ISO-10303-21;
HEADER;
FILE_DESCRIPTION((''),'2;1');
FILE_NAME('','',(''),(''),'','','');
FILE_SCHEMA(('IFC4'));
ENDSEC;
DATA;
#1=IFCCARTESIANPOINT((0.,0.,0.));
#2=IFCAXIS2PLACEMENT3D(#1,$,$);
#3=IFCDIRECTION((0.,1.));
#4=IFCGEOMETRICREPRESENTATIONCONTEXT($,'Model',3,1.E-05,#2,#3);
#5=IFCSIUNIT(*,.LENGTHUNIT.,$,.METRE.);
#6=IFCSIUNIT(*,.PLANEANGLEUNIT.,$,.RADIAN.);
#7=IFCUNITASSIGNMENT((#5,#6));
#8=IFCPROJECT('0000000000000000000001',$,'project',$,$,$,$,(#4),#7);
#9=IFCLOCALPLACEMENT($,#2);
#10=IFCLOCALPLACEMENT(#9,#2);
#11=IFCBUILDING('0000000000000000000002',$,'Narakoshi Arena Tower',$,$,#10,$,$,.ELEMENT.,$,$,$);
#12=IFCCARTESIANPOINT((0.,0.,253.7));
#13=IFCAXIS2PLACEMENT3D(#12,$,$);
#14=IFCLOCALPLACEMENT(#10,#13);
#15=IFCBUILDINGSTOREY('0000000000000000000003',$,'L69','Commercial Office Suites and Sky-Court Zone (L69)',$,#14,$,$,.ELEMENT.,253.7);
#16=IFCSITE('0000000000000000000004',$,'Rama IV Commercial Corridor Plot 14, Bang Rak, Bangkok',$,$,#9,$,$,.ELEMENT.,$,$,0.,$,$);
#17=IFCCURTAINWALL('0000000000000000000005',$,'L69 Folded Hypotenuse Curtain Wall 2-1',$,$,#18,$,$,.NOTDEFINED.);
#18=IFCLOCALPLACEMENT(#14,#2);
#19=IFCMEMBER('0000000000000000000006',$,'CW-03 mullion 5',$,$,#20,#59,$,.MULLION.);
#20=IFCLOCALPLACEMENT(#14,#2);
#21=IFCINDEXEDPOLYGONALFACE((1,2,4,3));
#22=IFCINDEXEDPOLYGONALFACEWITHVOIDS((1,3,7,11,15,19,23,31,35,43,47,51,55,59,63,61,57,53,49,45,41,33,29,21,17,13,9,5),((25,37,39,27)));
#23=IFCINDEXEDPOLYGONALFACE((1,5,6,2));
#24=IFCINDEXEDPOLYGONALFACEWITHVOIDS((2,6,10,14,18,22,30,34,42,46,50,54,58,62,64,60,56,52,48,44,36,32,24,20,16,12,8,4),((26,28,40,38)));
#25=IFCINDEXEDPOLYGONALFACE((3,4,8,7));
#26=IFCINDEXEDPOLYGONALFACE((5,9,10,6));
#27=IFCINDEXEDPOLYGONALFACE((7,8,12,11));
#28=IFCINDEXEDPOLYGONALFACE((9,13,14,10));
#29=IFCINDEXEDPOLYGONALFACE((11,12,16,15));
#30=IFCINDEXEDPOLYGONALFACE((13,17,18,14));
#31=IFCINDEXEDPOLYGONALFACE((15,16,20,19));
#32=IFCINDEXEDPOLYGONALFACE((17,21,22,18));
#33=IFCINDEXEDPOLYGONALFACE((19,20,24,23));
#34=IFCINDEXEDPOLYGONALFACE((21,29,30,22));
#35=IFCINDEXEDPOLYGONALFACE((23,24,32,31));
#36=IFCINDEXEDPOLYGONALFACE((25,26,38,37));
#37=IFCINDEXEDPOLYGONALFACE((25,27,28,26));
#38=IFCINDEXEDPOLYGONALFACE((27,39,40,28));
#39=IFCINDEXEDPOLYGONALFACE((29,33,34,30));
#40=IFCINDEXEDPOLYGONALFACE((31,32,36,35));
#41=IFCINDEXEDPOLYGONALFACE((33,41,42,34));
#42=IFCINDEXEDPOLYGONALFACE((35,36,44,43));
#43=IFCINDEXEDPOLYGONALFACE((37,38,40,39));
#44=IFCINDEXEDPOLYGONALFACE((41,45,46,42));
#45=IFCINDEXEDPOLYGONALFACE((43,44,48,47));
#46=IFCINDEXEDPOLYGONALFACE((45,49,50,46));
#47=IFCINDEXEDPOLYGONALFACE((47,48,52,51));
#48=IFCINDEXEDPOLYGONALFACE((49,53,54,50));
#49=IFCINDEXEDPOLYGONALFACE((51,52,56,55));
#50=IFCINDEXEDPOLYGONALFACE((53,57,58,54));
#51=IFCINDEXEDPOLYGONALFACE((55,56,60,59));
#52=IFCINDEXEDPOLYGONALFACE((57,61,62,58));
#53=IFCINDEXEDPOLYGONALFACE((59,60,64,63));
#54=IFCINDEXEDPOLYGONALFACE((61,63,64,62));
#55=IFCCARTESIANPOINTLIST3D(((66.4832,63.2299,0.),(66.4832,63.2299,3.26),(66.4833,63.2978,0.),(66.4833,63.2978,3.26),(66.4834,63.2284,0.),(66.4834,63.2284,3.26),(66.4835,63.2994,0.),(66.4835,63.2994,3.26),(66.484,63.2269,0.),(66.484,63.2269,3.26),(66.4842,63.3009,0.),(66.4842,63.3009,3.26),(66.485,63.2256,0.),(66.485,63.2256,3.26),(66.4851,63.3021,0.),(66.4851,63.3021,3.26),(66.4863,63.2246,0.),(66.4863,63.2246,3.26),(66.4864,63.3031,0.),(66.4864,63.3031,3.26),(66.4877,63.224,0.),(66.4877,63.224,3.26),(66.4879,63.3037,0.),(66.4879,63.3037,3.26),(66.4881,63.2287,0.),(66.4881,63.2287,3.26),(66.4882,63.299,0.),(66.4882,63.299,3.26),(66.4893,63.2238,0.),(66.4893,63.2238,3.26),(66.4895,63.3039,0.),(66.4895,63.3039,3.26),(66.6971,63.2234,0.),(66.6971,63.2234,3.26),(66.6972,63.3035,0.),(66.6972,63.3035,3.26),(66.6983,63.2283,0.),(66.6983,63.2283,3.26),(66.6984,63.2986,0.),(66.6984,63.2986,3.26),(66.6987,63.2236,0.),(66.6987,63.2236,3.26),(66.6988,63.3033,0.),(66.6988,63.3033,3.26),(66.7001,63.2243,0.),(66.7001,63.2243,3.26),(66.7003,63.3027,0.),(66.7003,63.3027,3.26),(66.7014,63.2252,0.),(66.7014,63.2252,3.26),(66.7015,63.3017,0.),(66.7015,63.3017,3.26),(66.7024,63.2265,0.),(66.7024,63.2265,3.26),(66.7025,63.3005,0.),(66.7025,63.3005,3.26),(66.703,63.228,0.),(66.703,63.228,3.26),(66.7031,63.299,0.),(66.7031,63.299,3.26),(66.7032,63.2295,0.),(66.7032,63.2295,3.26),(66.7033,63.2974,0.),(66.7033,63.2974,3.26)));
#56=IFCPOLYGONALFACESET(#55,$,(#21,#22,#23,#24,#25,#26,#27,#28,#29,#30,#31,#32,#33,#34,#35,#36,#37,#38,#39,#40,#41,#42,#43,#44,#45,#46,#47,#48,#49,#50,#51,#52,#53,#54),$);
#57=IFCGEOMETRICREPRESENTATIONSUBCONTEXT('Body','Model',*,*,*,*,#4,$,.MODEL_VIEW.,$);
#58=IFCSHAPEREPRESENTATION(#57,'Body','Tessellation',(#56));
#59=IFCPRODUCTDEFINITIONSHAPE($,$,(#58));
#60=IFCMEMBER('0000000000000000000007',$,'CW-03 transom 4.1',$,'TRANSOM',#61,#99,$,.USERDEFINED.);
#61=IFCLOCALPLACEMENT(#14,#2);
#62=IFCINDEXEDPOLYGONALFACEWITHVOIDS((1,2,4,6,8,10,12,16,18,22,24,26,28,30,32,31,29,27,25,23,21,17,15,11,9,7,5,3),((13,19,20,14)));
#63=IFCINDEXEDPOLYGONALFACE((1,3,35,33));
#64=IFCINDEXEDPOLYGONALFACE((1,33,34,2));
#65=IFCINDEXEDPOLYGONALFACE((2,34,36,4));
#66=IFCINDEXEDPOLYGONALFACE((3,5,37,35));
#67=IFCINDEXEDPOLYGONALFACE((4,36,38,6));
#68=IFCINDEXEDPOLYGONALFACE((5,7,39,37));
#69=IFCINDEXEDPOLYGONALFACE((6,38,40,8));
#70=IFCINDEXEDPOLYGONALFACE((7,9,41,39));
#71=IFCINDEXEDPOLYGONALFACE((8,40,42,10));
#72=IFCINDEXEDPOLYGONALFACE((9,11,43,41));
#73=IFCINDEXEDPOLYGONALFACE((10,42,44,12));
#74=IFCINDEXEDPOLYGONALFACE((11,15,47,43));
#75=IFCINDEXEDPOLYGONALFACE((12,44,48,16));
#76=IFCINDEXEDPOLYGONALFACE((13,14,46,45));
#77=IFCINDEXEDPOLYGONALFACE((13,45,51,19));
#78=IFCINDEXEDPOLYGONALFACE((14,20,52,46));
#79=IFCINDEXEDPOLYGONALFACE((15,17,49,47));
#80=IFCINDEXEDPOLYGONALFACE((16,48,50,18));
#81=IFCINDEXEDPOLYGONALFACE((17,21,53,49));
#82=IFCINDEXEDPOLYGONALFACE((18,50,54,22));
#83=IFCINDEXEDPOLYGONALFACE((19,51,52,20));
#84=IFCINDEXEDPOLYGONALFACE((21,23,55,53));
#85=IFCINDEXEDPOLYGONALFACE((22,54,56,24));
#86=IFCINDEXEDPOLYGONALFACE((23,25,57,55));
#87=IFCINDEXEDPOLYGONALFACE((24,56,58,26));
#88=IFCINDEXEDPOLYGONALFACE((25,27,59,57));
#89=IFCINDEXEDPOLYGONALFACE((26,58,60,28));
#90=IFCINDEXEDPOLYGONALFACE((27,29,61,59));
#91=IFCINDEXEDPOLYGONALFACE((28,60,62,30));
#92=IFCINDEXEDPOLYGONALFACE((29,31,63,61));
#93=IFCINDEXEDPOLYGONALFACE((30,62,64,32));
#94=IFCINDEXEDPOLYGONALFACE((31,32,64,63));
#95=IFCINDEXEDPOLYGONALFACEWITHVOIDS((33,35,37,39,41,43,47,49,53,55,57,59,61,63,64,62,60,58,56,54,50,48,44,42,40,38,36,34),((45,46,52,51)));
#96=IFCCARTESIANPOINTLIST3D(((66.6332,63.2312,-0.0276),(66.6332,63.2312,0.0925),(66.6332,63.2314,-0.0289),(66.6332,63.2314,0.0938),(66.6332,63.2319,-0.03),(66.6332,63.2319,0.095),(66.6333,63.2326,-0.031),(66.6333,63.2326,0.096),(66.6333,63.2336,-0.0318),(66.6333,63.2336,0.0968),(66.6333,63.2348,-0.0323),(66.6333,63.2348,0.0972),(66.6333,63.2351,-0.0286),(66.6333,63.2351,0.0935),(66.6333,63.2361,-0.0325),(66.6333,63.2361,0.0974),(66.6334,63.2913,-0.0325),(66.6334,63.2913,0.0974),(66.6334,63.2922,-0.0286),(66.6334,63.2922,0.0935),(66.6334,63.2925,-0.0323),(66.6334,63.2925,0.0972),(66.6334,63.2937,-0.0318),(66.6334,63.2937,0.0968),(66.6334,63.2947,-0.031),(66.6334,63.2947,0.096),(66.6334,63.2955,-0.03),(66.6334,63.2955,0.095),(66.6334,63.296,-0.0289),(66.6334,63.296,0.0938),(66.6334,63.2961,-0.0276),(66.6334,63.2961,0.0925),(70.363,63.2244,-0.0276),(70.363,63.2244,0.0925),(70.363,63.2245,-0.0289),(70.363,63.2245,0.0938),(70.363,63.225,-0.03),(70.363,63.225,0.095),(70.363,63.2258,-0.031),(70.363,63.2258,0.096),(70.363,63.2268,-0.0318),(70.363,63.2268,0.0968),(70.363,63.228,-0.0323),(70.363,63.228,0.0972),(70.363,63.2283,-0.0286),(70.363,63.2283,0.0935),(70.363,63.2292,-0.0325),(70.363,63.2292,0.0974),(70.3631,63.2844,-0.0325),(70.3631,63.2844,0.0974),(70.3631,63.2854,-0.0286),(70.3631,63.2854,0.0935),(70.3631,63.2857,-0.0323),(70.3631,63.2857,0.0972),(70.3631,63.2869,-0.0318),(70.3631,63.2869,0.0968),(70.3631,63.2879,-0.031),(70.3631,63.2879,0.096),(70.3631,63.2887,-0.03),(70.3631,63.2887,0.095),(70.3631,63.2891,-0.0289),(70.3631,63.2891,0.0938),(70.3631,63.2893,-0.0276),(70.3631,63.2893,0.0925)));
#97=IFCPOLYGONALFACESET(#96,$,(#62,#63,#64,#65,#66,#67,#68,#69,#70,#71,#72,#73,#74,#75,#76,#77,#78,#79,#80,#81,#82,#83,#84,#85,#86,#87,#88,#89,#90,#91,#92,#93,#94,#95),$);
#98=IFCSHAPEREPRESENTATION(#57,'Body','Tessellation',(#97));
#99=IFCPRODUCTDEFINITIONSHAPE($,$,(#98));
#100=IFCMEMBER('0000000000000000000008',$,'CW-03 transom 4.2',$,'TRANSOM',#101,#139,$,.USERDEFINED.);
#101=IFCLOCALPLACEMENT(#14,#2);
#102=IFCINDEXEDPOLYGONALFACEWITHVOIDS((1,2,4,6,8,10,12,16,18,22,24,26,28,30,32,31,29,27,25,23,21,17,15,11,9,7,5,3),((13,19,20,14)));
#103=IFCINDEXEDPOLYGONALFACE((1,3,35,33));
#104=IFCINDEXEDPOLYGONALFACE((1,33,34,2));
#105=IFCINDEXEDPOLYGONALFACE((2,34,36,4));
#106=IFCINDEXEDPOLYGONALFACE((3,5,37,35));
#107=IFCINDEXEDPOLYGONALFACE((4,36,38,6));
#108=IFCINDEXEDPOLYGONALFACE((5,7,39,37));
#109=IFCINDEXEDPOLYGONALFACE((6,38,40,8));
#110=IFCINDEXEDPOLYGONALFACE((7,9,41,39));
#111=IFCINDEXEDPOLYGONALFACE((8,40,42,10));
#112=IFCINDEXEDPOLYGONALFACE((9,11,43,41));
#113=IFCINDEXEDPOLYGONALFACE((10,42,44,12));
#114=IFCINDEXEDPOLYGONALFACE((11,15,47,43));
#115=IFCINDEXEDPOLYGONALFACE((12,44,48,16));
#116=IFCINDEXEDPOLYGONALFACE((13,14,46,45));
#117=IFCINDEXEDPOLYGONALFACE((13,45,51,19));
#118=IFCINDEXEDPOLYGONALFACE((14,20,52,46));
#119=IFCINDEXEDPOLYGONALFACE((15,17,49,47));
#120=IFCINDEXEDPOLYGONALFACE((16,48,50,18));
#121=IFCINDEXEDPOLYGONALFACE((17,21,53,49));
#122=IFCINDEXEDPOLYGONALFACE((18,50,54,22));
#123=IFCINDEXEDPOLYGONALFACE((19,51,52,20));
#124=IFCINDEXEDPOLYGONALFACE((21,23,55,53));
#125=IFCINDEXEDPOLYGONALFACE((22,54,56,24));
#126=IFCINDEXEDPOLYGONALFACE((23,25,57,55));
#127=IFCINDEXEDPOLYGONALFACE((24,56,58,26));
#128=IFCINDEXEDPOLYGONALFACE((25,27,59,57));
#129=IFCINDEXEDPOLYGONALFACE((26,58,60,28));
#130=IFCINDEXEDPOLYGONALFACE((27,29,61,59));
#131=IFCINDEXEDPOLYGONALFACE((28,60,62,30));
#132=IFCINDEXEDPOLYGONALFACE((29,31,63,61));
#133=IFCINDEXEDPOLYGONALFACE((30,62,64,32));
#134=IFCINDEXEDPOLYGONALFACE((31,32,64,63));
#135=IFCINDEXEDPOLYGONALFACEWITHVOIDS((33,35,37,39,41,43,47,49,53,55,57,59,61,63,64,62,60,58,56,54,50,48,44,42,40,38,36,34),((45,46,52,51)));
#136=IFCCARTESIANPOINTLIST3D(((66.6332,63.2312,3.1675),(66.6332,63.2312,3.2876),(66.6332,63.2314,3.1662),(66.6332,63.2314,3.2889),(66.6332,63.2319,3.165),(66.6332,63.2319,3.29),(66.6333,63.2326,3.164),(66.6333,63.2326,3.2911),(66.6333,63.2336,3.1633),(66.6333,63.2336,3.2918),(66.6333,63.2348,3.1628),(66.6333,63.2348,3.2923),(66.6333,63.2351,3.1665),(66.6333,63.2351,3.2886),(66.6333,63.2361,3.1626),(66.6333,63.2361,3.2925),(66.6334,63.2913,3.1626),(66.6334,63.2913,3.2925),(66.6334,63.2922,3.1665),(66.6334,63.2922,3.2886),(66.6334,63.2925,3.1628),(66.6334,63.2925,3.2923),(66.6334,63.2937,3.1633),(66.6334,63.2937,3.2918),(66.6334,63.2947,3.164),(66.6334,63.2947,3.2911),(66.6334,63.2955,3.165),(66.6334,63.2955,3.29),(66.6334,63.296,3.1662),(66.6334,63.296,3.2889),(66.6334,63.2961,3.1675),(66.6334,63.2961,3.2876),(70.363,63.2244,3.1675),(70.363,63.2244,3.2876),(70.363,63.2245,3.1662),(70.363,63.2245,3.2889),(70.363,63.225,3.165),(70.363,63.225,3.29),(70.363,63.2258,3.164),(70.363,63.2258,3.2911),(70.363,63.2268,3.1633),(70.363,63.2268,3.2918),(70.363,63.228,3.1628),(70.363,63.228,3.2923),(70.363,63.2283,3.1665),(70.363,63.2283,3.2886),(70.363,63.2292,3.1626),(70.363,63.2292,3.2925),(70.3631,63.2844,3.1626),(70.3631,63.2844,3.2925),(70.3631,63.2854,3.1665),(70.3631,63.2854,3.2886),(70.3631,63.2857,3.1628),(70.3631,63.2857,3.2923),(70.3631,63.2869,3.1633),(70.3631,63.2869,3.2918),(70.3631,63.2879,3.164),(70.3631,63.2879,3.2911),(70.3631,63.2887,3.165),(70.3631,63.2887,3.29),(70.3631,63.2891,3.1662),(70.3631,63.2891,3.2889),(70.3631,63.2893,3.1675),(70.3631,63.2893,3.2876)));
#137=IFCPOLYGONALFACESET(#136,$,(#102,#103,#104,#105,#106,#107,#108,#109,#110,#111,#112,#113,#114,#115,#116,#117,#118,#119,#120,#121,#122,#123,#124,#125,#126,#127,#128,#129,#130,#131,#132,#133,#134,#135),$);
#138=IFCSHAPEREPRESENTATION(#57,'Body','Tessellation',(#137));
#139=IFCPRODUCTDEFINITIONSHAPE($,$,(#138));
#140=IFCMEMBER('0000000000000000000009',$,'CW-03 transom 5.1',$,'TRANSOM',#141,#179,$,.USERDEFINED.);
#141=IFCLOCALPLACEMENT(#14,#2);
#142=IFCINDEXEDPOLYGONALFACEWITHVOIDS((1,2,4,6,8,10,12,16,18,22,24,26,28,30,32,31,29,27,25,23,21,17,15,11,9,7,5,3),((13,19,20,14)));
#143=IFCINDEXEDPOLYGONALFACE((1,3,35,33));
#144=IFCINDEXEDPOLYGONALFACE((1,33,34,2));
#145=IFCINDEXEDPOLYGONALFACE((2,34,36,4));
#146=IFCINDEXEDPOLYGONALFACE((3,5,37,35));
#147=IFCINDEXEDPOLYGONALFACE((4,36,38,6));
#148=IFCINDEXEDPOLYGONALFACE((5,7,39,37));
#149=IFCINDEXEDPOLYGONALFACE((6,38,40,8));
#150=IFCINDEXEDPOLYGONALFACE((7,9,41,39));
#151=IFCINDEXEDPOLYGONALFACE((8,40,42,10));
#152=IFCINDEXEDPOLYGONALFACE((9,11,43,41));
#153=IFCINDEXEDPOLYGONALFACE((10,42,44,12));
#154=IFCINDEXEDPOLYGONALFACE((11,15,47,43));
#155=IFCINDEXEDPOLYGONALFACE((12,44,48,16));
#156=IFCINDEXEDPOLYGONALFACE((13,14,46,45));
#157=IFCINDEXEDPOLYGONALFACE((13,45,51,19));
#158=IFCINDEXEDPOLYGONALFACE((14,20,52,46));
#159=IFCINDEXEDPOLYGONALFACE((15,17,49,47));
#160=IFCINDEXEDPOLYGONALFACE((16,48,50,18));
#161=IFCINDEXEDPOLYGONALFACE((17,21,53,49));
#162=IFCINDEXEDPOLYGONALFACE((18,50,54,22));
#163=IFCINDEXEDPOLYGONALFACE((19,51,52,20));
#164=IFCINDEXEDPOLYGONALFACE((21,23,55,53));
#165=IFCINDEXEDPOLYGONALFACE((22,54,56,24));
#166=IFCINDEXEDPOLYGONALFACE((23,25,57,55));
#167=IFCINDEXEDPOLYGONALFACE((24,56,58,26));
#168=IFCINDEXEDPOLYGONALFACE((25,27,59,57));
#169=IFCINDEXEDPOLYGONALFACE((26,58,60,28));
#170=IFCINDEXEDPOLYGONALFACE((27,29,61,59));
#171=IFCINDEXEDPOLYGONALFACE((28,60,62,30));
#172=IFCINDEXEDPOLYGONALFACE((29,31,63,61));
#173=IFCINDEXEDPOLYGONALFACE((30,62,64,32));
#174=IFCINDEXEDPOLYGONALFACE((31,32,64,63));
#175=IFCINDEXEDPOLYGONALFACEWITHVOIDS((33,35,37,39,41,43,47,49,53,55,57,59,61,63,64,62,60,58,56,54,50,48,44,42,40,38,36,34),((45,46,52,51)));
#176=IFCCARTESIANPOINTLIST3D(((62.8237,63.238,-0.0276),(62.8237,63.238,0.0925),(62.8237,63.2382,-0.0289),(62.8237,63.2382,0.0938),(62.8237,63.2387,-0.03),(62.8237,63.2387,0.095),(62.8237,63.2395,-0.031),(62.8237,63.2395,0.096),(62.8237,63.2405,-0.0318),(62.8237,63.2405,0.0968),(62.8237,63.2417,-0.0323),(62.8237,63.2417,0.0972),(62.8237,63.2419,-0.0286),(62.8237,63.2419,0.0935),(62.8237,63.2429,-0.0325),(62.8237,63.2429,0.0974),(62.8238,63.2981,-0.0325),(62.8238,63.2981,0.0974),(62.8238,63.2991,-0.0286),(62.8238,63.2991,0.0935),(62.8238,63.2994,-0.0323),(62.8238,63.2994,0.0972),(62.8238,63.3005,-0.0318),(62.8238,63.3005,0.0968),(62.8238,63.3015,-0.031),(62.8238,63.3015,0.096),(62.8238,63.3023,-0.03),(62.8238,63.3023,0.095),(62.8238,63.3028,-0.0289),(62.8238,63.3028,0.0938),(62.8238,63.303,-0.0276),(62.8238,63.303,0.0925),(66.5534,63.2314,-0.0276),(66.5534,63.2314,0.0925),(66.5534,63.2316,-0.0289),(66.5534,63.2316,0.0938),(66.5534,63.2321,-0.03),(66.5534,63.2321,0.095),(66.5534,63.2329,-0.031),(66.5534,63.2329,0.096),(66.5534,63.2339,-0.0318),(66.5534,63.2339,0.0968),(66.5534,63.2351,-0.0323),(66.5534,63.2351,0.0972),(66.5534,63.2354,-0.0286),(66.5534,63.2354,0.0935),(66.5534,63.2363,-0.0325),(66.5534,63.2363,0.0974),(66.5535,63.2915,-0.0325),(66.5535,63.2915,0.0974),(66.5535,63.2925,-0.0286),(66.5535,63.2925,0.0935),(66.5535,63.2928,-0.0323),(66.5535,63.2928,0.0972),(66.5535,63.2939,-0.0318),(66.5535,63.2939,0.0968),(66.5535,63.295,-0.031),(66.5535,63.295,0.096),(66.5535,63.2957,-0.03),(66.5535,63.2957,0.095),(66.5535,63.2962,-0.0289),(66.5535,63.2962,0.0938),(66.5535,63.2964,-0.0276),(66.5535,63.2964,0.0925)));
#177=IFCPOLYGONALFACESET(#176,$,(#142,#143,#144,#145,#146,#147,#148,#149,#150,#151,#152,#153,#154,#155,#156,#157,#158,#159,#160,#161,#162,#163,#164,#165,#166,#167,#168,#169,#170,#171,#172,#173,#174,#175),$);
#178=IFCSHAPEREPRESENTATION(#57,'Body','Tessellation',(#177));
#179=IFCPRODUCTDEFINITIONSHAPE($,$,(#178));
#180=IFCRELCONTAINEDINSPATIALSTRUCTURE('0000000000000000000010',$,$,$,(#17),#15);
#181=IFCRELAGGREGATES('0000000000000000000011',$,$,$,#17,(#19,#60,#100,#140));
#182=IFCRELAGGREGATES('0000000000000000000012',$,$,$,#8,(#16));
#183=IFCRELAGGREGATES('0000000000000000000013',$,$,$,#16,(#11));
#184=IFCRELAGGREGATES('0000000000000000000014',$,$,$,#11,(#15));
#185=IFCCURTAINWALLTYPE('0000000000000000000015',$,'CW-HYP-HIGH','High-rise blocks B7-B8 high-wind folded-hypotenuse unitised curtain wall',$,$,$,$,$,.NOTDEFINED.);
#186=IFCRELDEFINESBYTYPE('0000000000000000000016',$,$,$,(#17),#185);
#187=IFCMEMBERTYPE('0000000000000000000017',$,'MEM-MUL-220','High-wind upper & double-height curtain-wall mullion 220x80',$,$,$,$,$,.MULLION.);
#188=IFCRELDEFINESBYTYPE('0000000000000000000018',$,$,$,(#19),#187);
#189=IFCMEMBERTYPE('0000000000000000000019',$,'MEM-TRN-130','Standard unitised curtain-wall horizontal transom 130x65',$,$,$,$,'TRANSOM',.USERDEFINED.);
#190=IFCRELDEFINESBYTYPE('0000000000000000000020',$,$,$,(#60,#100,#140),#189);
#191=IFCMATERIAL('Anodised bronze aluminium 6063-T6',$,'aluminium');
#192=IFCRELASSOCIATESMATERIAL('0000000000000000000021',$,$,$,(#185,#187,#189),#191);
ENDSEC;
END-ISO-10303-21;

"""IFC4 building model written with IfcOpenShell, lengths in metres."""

from ifc_helpers import new_model, si_unit, direction, frame, origin, origin_2d, place, context, subcontext, project, spatial, hollow_rectangle, extrude, material, material_profile, profile_set, type_object, element, aggregate, save


model = new_model("IFC4")

# Units and contexts
model_context = context("Model", 3, precision=1e-05, world=origin(), true_north=direction((0.0, 1.0)))
body_context = subcontext(model_context, "Body", "Model", "MODEL_VIEW")
ifc_project = project(units=[si_unit("LENGTHUNIT", "METRE"), si_unit("PLANEANGLEUNIT", "RADIAN")], contexts=[model_context])

# Site, building, storey
site_placement = place(None, origin())
site = spatial("IfcSite", under=ifc_project, at=site_placement, Name="Rama IV Commercial Corridor Plot 14, Bang Rak, Bangkok", CompositionType="ELEMENT", RefElevation=0.0)
building_placement = place(site_placement, origin())
building = spatial("IfcBuilding", under=site, at=building_placement, Name="Narakoshi Arena Tower", CompositionType="ELEMENT")
storey_placement = place(building_placement, frame((0.0, 0.0, 253.7)))
storey = spatial("IfcBuildingStorey", under=building, at=storey_placement, Name="L69", Description="Commercial Office Suites and Sky-Court Zone (L69)", CompositionType="ELEMENT", Elevation=253.7)

# Curtain wall, members
ifc_material_1 = material(Name="Anodised bronze aluminium 6063-T6", Category="aluminium")
curtain_wall_type = type_object("IfcCurtainWallType", Name="CW-HYP-HIGH", Description="High-rise blocks B7-B8 high-wind folded-hypotenuse unitised curtain wall", PredefinedType="NOTDEFINED", material=ifc_material_1)
curtain_wall_placement = place(storey_placement, origin())
curtain_wall = element("IfcCurtainWall", 1, at=curtain_wall_placement, inside=storey, type_object=curtain_wall_type, Name="L69 Folded Hypotenuse Curtain Wall 2-1", PredefinedType="NOTDEFINED")
ifc_material_profile_1 = material_profile(ifc_material_1, hollow_rectangle(XDim=0.0801, YDim=0.22, WallThickness=0.0049, OuterFilletRadius=0.0061, at=origin_2d()), Name="MUL220x80x5")
ifc_profile_set_1 = profile_set([ifc_material_profile_1], Name="Anodised bronze aluminium 6063-T6")
member_type_1 = type_object("IfcMemberType", Name="MEM-MUL-220", Description="High-wind upper & double-height curtain-wall mullion 220x80", PredefinedType="MULLION", material=ifc_profile_set_1)
member_1_placement = place(storey_placement, frame((66.5933, 63.2637, 0.0), z_axis=(0.0, 0.0, 1.0), x_axis=(-0.00182, -0.999998, 0.0)))
member_1 = element("IfcMember", 2, at=member_1_placement, type_object=member_type_1, Name="CW-03 mullion 5", PredefinedType="MULLION", context=body_context, shape_type="SweptSolid", body=[
    extrude(hollow_rectangle(XDim=0.0801, YDim=0.22, WallThickness=0.0049, OuterFilletRadius=0.0061, at=origin_2d()), origin(), (0.0, 0.0, 1.0), 3.26),
])
ifc_material_profile_2 = material_profile(ifc_material_1, hollow_rectangle(XDim=0.0649, YDim=0.1299, WallThickness=0.0039, OuterFilletRadius=0.0049, at=origin_2d()), Name="TRN130x65x4")
ifc_profile_set_2 = profile_set([ifc_material_profile_2], Name="Anodised bronze aluminium 6063-T6")
member_type_2 = type_object("IfcMemberType", Name="MEM-TRN-130", Description="Standard unitised curtain-wall horizontal transom 130x65", ElementType="TRANSOM", PredefinedType="USERDEFINED", material=ifc_profile_set_2)
member_2_placement = place(storey_placement, frame((70.363, 63.2568, 0.0325), z_axis=(-0.999998, 0.001833, 0.0), x_axis=(-0.001833, -0.999998, 0.0)))
member_2 = element("IfcMember", 3, at=member_2_placement, type_object=member_type_2, Name="CW-03 transom 4.1", ObjectType="TRANSOM", PredefinedType="USERDEFINED", context=body_context, shape_type="SweptSolid", body=[
    extrude(hollow_rectangle(XDim=0.0649, YDim=0.1299, WallThickness=0.0039, OuterFilletRadius=0.0049, at=origin_2d()), origin(), (0.0, 0.0, 1.0), 3.7297),
])
member_3_placement = place(storey_placement, frame((70.363, 63.2568, 3.2275), z_axis=(-0.999998, 0.001833, 0.0), x_axis=(-0.001833, -0.999998, 0.0)))
member_3 = element("IfcMember", 4, at=member_3_placement, type_object=member_type_2, Name="CW-03 transom 4.2", ObjectType="TRANSOM", PredefinedType="USERDEFINED", context=body_context, shape_type="SweptSolid", body=[
    extrude(hollow_rectangle(XDim=0.0649, YDim=0.1299, WallThickness=0.0039, OuterFilletRadius=0.0049, at=origin_2d()), origin(), (0.0, 0.0, 1.0), 3.7297),
])
member_4_placement = place(storey_placement, frame((66.5535, 63.2639, 0.0325), z_axis=(-0.999998, 0.001767, 0.0), x_axis=(-0.001767, -0.999998, 0.0)))
member_4 = element("IfcMember", 5, at=member_4_placement, type_object=member_type_2, Name="CW-03 transom 5.1", ObjectType="TRANSOM", PredefinedType="USERDEFINED", context=body_context, shape_type="SweptSolid", body=[
    extrude(hollow_rectangle(XDim=0.0649, YDim=0.1299, WallThickness=0.0039, OuterFilletRadius=0.0049, at=origin_2d()), origin(), (0.0, 0.0, 1.0), 3.7297),
])
aggregate(curtain_wall, [member_1, member_2, member_3, member_4])

save(model, "model.ifc")
